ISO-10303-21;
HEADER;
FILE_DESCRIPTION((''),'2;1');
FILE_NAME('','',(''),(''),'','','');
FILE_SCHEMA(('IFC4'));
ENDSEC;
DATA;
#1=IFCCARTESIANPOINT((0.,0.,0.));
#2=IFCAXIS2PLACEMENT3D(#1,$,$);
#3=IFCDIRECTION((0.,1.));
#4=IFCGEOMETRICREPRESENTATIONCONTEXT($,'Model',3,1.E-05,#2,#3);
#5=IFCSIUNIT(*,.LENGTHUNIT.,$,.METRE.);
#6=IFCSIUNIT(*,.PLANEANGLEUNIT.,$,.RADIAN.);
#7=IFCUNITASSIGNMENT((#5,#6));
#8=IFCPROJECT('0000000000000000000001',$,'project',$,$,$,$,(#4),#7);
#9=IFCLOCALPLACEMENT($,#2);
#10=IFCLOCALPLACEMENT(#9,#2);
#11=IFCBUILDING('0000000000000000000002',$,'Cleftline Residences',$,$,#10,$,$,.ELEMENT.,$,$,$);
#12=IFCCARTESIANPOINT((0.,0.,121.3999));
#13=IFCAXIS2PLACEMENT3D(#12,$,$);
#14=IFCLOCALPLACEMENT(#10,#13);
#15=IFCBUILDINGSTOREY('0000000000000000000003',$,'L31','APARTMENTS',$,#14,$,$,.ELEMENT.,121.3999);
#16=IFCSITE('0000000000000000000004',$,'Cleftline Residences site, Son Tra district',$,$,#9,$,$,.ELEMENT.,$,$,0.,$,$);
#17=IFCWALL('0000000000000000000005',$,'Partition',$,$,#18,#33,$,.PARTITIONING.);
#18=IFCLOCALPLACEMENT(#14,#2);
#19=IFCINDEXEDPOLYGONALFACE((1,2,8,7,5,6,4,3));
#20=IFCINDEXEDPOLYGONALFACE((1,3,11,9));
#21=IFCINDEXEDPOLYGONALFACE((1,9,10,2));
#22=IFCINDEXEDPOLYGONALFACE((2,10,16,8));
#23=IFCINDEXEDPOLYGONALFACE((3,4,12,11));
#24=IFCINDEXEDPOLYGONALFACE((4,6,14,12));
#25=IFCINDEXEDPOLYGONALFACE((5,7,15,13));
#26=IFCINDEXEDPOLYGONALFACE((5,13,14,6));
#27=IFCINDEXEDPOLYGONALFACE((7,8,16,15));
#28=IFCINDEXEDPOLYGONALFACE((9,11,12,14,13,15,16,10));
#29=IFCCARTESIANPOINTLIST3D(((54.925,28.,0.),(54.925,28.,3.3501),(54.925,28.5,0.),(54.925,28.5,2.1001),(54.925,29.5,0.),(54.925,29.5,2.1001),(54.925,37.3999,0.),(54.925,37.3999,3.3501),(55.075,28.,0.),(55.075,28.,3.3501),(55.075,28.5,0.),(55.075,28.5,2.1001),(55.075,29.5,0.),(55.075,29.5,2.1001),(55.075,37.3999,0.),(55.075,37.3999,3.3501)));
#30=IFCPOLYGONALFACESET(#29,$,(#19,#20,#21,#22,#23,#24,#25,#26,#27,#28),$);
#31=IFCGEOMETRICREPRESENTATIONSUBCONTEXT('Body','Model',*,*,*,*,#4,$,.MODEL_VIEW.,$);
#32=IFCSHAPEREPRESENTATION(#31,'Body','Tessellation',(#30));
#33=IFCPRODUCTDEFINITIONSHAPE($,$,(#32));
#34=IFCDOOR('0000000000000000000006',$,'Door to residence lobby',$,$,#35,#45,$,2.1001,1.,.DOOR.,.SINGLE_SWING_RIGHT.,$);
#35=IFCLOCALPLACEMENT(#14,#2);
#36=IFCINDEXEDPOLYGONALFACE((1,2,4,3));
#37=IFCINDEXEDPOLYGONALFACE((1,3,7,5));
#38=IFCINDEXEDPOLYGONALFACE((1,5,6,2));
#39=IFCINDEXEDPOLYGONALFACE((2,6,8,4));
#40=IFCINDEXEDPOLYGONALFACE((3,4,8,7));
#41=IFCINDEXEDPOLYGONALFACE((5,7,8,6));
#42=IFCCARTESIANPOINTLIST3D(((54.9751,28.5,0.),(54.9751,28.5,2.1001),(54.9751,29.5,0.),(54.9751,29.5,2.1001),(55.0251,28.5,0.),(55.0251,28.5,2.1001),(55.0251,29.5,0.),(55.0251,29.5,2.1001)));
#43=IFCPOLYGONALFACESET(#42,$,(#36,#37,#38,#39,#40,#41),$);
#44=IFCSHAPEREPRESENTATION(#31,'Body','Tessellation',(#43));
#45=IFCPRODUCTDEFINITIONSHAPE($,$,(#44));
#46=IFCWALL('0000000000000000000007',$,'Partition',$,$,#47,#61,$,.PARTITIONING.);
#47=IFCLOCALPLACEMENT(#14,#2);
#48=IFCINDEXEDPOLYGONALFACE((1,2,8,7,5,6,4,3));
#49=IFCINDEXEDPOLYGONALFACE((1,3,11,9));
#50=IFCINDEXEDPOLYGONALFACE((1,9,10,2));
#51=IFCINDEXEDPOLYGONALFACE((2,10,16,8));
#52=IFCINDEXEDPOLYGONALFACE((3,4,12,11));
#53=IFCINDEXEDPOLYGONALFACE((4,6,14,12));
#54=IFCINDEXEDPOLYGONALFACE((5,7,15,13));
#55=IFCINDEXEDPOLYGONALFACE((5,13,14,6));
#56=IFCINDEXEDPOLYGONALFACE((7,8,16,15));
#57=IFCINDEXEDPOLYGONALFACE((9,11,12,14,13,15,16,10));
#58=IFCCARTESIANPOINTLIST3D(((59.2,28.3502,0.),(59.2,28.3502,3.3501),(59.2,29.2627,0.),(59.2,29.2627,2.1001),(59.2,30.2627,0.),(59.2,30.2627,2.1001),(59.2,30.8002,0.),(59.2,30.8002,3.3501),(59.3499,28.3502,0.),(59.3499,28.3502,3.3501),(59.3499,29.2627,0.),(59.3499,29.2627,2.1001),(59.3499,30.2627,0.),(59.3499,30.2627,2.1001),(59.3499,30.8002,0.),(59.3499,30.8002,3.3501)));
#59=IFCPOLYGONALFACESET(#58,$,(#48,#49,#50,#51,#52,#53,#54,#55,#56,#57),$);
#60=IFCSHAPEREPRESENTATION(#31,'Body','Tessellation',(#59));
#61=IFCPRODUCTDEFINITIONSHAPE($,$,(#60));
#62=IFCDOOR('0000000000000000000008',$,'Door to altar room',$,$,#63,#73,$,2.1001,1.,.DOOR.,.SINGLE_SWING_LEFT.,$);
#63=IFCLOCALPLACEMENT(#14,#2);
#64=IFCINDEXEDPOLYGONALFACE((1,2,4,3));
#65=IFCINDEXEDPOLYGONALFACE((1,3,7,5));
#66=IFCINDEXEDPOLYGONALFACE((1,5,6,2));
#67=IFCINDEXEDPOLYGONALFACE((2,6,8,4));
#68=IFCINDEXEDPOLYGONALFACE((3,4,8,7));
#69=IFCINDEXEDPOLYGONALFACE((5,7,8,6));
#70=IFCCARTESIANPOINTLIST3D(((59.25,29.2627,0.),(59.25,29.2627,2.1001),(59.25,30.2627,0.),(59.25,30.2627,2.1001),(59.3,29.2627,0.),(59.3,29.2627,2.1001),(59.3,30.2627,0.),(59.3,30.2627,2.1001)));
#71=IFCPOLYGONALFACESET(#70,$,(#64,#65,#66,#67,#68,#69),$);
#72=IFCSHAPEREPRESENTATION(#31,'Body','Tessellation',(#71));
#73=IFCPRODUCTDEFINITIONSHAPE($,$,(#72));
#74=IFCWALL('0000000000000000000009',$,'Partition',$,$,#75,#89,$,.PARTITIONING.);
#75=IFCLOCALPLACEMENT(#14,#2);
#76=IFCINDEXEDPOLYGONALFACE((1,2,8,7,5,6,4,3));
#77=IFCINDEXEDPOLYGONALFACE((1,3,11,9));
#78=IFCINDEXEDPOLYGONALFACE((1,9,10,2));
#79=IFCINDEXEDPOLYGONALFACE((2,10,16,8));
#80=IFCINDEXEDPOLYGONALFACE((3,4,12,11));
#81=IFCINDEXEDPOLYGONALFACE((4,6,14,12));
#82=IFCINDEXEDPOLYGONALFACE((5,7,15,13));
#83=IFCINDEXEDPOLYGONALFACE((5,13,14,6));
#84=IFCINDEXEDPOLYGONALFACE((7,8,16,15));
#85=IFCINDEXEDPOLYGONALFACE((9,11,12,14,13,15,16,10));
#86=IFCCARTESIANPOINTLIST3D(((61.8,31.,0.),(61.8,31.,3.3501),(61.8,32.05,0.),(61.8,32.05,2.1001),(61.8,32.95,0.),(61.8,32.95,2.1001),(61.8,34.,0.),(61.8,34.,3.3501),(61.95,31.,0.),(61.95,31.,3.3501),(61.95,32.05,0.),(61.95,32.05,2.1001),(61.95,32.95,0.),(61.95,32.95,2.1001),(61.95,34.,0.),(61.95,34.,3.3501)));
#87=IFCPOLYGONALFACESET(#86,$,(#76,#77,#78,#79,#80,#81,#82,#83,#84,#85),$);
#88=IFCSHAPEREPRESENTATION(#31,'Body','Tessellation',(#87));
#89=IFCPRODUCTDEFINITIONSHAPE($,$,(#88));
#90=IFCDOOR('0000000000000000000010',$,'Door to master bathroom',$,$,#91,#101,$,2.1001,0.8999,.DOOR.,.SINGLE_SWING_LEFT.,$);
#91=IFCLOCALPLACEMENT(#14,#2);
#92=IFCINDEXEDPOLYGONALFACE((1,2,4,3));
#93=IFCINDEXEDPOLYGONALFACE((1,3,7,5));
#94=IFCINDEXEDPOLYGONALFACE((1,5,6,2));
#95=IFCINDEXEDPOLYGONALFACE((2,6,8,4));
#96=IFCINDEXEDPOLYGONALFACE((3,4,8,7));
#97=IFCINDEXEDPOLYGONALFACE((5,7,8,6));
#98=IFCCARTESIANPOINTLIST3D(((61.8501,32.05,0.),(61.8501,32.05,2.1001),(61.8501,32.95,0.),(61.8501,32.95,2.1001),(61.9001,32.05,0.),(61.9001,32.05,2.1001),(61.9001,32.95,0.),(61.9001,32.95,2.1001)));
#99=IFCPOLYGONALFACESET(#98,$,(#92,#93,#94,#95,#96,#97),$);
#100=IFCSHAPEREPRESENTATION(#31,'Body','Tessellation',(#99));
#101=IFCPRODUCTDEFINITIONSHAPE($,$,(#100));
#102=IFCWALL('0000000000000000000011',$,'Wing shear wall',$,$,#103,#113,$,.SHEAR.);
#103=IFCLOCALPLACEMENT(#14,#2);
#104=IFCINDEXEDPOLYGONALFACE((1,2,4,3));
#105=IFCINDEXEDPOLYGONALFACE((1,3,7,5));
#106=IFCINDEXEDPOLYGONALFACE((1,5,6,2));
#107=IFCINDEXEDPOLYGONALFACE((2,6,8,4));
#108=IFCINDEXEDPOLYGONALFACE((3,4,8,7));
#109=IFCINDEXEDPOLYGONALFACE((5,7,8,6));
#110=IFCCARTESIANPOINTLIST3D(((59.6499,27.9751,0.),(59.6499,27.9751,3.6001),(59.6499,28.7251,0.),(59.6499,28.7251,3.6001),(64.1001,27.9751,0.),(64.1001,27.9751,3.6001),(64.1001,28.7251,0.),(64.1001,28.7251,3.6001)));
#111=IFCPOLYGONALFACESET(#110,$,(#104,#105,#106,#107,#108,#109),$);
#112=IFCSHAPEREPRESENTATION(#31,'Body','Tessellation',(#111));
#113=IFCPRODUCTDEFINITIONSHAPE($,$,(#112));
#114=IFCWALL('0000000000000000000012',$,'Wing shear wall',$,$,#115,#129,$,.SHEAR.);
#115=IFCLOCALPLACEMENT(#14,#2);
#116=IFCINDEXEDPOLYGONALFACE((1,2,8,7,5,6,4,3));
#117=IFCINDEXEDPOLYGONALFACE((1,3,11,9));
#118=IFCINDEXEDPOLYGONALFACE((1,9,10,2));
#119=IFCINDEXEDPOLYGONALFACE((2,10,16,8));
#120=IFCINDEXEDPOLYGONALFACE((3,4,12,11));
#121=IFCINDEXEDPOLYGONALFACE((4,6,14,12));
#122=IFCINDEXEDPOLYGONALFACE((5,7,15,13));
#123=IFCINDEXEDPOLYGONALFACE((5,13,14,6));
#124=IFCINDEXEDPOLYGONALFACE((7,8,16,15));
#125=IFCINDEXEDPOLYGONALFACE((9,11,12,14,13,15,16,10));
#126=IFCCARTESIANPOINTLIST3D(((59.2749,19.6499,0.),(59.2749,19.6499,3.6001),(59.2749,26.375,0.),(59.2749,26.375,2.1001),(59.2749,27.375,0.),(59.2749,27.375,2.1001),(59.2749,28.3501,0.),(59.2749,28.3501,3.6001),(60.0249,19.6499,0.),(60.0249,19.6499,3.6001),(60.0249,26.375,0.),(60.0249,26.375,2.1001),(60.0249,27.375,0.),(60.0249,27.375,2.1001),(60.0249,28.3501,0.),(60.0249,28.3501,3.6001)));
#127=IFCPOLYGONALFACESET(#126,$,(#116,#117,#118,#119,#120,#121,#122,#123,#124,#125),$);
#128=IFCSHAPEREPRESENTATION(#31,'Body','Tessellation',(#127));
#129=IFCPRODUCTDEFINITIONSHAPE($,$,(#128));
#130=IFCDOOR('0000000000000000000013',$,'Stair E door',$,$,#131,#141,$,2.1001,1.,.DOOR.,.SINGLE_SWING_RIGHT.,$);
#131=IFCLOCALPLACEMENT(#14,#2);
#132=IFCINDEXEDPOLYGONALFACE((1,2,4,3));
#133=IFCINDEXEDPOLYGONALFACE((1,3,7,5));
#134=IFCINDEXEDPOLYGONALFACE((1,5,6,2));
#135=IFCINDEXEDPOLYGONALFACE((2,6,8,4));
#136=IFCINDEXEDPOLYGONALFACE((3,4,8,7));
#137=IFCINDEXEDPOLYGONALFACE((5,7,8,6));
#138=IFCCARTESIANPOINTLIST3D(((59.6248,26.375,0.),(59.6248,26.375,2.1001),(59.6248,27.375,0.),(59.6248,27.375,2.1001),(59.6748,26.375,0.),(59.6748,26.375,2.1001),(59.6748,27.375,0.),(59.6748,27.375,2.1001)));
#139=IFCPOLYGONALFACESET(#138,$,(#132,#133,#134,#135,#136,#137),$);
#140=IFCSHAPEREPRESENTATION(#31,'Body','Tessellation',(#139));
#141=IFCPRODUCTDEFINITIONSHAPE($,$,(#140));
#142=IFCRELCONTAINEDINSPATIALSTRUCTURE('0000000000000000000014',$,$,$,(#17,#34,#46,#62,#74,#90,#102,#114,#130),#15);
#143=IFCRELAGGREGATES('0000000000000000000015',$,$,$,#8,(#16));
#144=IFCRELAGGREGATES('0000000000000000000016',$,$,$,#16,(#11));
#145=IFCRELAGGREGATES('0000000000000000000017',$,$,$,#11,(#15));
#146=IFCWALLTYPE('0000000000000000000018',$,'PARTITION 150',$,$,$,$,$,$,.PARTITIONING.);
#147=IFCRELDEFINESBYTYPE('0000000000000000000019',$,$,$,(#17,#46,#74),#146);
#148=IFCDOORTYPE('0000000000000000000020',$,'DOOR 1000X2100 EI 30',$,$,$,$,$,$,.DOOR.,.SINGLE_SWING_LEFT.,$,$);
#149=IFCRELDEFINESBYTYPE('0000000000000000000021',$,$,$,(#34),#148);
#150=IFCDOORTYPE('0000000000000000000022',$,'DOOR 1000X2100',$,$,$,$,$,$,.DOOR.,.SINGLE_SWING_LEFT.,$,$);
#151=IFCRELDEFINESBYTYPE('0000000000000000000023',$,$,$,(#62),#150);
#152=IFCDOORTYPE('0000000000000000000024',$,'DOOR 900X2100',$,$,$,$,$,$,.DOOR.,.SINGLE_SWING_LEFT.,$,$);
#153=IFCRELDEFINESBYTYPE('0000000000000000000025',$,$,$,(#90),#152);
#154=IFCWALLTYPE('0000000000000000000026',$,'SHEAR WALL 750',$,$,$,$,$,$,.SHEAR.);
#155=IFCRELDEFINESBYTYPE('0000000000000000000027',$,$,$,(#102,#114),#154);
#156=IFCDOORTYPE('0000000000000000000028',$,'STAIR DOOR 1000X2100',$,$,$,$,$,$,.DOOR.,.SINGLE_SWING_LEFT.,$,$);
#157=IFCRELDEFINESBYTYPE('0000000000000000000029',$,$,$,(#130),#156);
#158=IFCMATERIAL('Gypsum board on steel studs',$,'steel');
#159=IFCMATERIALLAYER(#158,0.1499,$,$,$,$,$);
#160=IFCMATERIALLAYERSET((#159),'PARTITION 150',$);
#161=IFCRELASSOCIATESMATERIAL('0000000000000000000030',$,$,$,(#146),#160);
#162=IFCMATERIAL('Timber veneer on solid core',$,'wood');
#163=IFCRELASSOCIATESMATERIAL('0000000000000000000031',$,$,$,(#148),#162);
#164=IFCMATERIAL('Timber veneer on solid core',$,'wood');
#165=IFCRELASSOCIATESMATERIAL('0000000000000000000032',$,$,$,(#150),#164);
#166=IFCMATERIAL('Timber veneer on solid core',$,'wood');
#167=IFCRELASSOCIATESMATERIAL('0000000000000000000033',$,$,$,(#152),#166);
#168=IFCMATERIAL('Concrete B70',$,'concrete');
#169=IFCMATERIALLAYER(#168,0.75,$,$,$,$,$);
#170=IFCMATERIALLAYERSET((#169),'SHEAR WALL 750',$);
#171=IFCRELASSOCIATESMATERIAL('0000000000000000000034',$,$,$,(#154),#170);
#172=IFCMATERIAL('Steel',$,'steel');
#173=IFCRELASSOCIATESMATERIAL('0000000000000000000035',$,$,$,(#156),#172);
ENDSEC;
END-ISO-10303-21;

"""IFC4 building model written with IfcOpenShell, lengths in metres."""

from ifc_helpers import new_model, si_unit, direction, frame, frame_2d, origin, place, context, subcontext, project, spatial, rectangle, extrude, material, layer, layer_set, type_object, element, fill, save


model = new_model("IFC4")

# Units and contexts
model_context = context("Model", 3, precision=1e-05, world=origin(), true_north=direction((0.0, 1.0)))
body_context = subcontext(model_context, "Body", "Model", "MODEL_VIEW")
ifc_project = project(units=[si_unit("LENGTHUNIT", "METRE"), si_unit("PLANEANGLEUNIT", "RADIAN")], contexts=[model_context])

# Site, building, storey
site_placement = place(None, origin())
site = spatial("IfcSite", under=ifc_project, at=site_placement, Name="Cleftline Residences site, Son Tra district", CompositionType="ELEMENT", RefElevation=0.0)
building_placement = place(site_placement, origin())
building = spatial("IfcBuilding", under=site, at=building_placement, Name="Cleftline Residences", CompositionType="ELEMENT")
storey_placement = place(building_placement, frame((0.0, 0.0, 121.3999)))
storey = spatial("IfcBuildingStorey", under=building, at=storey_placement, Name="L31", Description="APARTMENTS", CompositionType="ELEMENT", Elevation=121.3999)

# Shared definitions
ifc_material_1 = material(Name="Gypsum board on steel studs", Category="steel")
ifc_layer_1 = layer(ifc_material_1, 0.1499)
ifc_layer_set_1 = layer_set([ifc_layer_1], Name="PARTITION 150")
wall_type_1 = type_object("IfcWallType", Name="PARTITION 150", PredefinedType="PARTITIONING", material=ifc_layer_set_1)

# Walls, openings, doors
wall_1_placement = place(storey_placement, frame((55.0, 28.0, 0.0), z_axis=(0.0, 0.0, 1.0), x_axis=(0.0, 1.0, 0.0)))
wall_1 = element("IfcWall", 1, at=wall_1_placement, inside=storey, type_object=wall_type_1, Name="Partition", PredefinedType="PARTITIONING", context=body_context, shape_type="SweptSolid", body=[
    extrude(rectangle(XDim=9.3999, YDim=0.1499, at=frame_2d((4.7, 0.0))), origin(), (0.0, 0.0, 1.0), 3.3501),
])
opening_1_placement = place(wall_1_placement, frame((0.5, 0.0, 0.0)))
opening_1 = element("IfcOpeningElement", 2, at=opening_1_placement, cuts=wall_1, PredefinedType="OPENING", context=body_context, shape_type="SweptSolid", body=[
    extrude(rectangle(XDim=1.0, YDim=2.1001, at=frame_2d((0.5, 1.05))), frame((0.0, 0.085, 0.0), z_axis=(0.0, -1.0, 0.0), x_axis=(1.0, 0.0, 0.0)), (0.0, 0.0, 1.0), 0.1699),
])
ifc_material_2 = material(Name="Timber veneer on solid core", Category="wood")
door_type_1 = type_object("IfcDoorType", Name="DOOR 1000X2100 EI 30", OperationType="SINGLE_SWING_LEFT", PredefinedType="DOOR", material=ifc_material_2)
door_1_placement = place(opening_1_placement, origin())
door_1 = element("IfcDoor", 3, at=door_1_placement, inside=storey, type_object=door_type_1, Name="Door to residence lobby", OperationType="SINGLE_SWING_RIGHT", OverallHeight=2.1001, OverallWidth=1.0, PredefinedType="DOOR", context=body_context, shape_type="SweptSolid", body=[
    extrude(rectangle(XDim=1.0, YDim=2.1001, at=frame_2d((0.5, 1.05))), frame((0.0, 0.0249, 0.0), z_axis=(0.0, -1.0, 0.0), x_axis=(1.0, 0.0, 0.0)), (0.0, 0.0, 1.0), 0.05),
])
fill(opening_1, door_1)
wall_2_placement = place(storey_placement, frame((59.2749, 28.3501, 0.0), z_axis=(0.0, 0.0, 1.0), x_axis=(0.0, 1.0, 0.0)))
wall_2 = element("IfcWall", 4, at=wall_2_placement, inside=storey, type_object=wall_type_1, Name="Partition", PredefinedType="PARTITIONING", context=body_context, shape_type="SweptSolid", body=[
    extrude(rectangle(XDim=2.45, YDim=0.1499, at=frame_2d((1.2251, 0.0))), origin(), (0.0, 0.0, 1.0), 3.3501),
])
opening_2_placement = place(wall_2_placement, frame((0.9126, 0.0, 0.0)))
opening_2 = element("IfcOpeningElement", 5, at=opening_2_placement, cuts=wall_2, PredefinedType="OPENING", context=body_context, shape_type="SweptSolid", body=[
    extrude(rectangle(XDim=1.0, YDim=2.1001, at=frame_2d((0.5, 1.05))), frame((0.0, 0.085, 0.0), z_axis=(0.0, -1.0, 0.0), x_axis=(1.0, 0.0, 0.0)), (0.0, 0.0, 1.0), 0.1699),
])
ifc_material_3 = material(Name="Timber veneer on solid core", Category="wood")
door_type_2 = type_object("IfcDoorType", Name="DOOR 1000X2100", OperationType="SINGLE_SWING_LEFT", PredefinedType="DOOR", material=ifc_material_3)
door_2_placement = place(opening_2_placement, origin())
door_2 = element("IfcDoor", 6, at=door_2_placement, inside=storey, type_object=door_type_2, Name="Door to altar room", OperationType="SINGLE_SWING_LEFT", OverallHeight=2.1001, OverallWidth=1.0, PredefinedType="DOOR", context=body_context, shape_type="SweptSolid", body=[
    extrude(rectangle(XDim=1.0, YDim=2.1001, at=frame_2d((0.5, 1.05))), frame((0.0, 0.0249, 0.0), z_axis=(0.0, -1.0, 0.0), x_axis=(1.0, 0.0, 0.0)), (0.0, 0.0, 1.0), 0.05),
])
fill(opening_2, door_2)
wall_3_placement = place(storey_placement, frame((61.875, 31.0, 0.0), z_axis=(0.0, 0.0, 1.0), x_axis=(0.0, 1.0, 0.0)))
wall_3 = element("IfcWall", 7, at=wall_3_placement, inside=storey, type_object=wall_type_1, Name="Partition", PredefinedType="PARTITIONING", context=body_context, shape_type="SweptSolid", body=[
    extrude(rectangle(XDim=3.0, YDim=0.1499, at=frame_2d((1.5, 0.0))), origin(), (0.0, 0.0, 1.0), 3.3501),
])
opening_3_placement = place(wall_3_placement, frame((1.05, 0.0, 0.0)))
opening_3 = element("IfcOpeningElement", 8, at=opening_3_placement, cuts=wall_3, PredefinedType="OPENING", context=body_context, shape_type="SweptSolid", body=[
    extrude(rectangle(XDim=0.8999, YDim=2.1001, at=frame_2d((0.45, 1.05))), frame((0.0, 0.085, 0.0), z_axis=(0.0, -1.0, 0.0), x_axis=(1.0, 0.0, 0.0)), (0.0, 0.0, 1.0), 0.1699),
])
ifc_material_4 = material(Name="Timber veneer on solid core", Category="wood")
door_type_3 = type_object("IfcDoorType", Name="DOOR 900X2100", OperationType="SINGLE_SWING_LEFT", PredefinedType="DOOR", material=ifc_material_4)
door_3_placement = place(opening_3_placement, origin())
door_3 = element("IfcDoor", 9, at=door_3_placement, inside=storey, type_object=door_type_3, Name="Door to master bathroom", OperationType="SINGLE_SWING_LEFT", OverallHeight=2.1001, OverallWidth=0.8999, PredefinedType="DOOR", context=body_context, shape_type="SweptSolid", body=[
    extrude(rectangle(XDim=0.8999, YDim=2.1001, at=frame_2d((0.45, 1.05))), frame((0.0, 0.0249, 0.0), z_axis=(0.0, -1.0, 0.0), x_axis=(1.0, 0.0, 0.0)), (0.0, 0.0, 1.0), 0.05),
])
fill(opening_3, door_3)

# Wall
ifc_material_5 = material(Name="Concrete B70", Category="concrete")
ifc_layer_2 = layer(ifc_material_5, 0.75)
ifc_layer_set_2 = layer_set([ifc_layer_2], Name="SHEAR WALL 750")
wall_type_2 = type_object("IfcWallType", Name="SHEAR WALL 750", PredefinedType="SHEAR", material=ifc_layer_set_2)
wall_4_placement = place(storey_placement, frame((64.1001, 28.3501, 0.0), z_axis=(0.0, 0.0, 1.0), x_axis=(-1.0, 0.0, 0.0)))
element("IfcWall", 10, at=wall_4_placement, inside=storey, type_object=wall_type_2, Name="Wing shear wall", PredefinedType="SHEAR", context=body_context, shape_type="SweptSolid", body=[
    extrude(rectangle(XDim=4.4502, YDim=0.75, at=frame_2d((2.2251, 0.0))), origin(), (0.0, 0.0, 1.0), 3.6001),
])

# Wall, opening, door
wall_5_placement = place(storey_placement, frame((59.6499, 28.3501, 0.0), z_axis=(0.0, 0.0, 1.0), x_axis=(0.0, -1.0, 0.0)))
wall_5 = element("IfcWall", 11, at=wall_5_placement, inside=storey, type_object=wall_type_2, Name="Wing shear wall", PredefinedType="SHEAR", context=body_context, shape_type="SweptSolid", body=[
    extrude(rectangle(XDim=8.7002, YDim=0.75, at=frame_2d((4.3501, 0.0))), origin(), (0.0, 0.0, 1.0), 3.6001),
])
opening_4_placement = place(wall_5_placement, frame((0.9751, 0.0, 0.0)))
opening_4 = element("IfcOpeningElement", 12, at=opening_4_placement, cuts=wall_5, PredefinedType="OPENING", context=body_context, shape_type="SweptSolid", body=[
    extrude(rectangle(XDim=1.0, YDim=2.1001, at=frame_2d((0.5, 1.05))), frame((0.0, 0.385, 0.0), z_axis=(0.0, -1.0, 0.0), x_axis=(1.0, 0.0, 0.0)), (0.0, 0.0, 1.0), 0.77),
])
ifc_material_6 = material(Name="Steel", Category="steel")
door_type_4 = type_object("IfcDoorType", Name="STAIR DOOR 1000X2100", OperationType="SINGLE_SWING_LEFT", PredefinedType="DOOR", material=ifc_material_6)
door_4_placement = place(opening_4_placement, origin())
door_4 = element("IfcDoor", 13, at=door_4_placement, inside=storey, type_object=door_type_4, Name="Stair E door", OperationType="SINGLE_SWING_RIGHT", OverallHeight=2.1001, OverallWidth=1.0, PredefinedType="DOOR", context=body_context, shape_type="SweptSolid", body=[
    extrude(rectangle(XDim=1.0, YDim=2.1001, at=frame_2d((0.5, 1.05))), frame((0.0, 0.0249, 0.0), z_axis=(0.0, -1.0, 0.0), x_axis=(1.0, 0.0, 0.0)), (0.0, 0.0, 1.0), 0.05),
])
fill(opening_4, door_4)

save(model, "model.ifc")
